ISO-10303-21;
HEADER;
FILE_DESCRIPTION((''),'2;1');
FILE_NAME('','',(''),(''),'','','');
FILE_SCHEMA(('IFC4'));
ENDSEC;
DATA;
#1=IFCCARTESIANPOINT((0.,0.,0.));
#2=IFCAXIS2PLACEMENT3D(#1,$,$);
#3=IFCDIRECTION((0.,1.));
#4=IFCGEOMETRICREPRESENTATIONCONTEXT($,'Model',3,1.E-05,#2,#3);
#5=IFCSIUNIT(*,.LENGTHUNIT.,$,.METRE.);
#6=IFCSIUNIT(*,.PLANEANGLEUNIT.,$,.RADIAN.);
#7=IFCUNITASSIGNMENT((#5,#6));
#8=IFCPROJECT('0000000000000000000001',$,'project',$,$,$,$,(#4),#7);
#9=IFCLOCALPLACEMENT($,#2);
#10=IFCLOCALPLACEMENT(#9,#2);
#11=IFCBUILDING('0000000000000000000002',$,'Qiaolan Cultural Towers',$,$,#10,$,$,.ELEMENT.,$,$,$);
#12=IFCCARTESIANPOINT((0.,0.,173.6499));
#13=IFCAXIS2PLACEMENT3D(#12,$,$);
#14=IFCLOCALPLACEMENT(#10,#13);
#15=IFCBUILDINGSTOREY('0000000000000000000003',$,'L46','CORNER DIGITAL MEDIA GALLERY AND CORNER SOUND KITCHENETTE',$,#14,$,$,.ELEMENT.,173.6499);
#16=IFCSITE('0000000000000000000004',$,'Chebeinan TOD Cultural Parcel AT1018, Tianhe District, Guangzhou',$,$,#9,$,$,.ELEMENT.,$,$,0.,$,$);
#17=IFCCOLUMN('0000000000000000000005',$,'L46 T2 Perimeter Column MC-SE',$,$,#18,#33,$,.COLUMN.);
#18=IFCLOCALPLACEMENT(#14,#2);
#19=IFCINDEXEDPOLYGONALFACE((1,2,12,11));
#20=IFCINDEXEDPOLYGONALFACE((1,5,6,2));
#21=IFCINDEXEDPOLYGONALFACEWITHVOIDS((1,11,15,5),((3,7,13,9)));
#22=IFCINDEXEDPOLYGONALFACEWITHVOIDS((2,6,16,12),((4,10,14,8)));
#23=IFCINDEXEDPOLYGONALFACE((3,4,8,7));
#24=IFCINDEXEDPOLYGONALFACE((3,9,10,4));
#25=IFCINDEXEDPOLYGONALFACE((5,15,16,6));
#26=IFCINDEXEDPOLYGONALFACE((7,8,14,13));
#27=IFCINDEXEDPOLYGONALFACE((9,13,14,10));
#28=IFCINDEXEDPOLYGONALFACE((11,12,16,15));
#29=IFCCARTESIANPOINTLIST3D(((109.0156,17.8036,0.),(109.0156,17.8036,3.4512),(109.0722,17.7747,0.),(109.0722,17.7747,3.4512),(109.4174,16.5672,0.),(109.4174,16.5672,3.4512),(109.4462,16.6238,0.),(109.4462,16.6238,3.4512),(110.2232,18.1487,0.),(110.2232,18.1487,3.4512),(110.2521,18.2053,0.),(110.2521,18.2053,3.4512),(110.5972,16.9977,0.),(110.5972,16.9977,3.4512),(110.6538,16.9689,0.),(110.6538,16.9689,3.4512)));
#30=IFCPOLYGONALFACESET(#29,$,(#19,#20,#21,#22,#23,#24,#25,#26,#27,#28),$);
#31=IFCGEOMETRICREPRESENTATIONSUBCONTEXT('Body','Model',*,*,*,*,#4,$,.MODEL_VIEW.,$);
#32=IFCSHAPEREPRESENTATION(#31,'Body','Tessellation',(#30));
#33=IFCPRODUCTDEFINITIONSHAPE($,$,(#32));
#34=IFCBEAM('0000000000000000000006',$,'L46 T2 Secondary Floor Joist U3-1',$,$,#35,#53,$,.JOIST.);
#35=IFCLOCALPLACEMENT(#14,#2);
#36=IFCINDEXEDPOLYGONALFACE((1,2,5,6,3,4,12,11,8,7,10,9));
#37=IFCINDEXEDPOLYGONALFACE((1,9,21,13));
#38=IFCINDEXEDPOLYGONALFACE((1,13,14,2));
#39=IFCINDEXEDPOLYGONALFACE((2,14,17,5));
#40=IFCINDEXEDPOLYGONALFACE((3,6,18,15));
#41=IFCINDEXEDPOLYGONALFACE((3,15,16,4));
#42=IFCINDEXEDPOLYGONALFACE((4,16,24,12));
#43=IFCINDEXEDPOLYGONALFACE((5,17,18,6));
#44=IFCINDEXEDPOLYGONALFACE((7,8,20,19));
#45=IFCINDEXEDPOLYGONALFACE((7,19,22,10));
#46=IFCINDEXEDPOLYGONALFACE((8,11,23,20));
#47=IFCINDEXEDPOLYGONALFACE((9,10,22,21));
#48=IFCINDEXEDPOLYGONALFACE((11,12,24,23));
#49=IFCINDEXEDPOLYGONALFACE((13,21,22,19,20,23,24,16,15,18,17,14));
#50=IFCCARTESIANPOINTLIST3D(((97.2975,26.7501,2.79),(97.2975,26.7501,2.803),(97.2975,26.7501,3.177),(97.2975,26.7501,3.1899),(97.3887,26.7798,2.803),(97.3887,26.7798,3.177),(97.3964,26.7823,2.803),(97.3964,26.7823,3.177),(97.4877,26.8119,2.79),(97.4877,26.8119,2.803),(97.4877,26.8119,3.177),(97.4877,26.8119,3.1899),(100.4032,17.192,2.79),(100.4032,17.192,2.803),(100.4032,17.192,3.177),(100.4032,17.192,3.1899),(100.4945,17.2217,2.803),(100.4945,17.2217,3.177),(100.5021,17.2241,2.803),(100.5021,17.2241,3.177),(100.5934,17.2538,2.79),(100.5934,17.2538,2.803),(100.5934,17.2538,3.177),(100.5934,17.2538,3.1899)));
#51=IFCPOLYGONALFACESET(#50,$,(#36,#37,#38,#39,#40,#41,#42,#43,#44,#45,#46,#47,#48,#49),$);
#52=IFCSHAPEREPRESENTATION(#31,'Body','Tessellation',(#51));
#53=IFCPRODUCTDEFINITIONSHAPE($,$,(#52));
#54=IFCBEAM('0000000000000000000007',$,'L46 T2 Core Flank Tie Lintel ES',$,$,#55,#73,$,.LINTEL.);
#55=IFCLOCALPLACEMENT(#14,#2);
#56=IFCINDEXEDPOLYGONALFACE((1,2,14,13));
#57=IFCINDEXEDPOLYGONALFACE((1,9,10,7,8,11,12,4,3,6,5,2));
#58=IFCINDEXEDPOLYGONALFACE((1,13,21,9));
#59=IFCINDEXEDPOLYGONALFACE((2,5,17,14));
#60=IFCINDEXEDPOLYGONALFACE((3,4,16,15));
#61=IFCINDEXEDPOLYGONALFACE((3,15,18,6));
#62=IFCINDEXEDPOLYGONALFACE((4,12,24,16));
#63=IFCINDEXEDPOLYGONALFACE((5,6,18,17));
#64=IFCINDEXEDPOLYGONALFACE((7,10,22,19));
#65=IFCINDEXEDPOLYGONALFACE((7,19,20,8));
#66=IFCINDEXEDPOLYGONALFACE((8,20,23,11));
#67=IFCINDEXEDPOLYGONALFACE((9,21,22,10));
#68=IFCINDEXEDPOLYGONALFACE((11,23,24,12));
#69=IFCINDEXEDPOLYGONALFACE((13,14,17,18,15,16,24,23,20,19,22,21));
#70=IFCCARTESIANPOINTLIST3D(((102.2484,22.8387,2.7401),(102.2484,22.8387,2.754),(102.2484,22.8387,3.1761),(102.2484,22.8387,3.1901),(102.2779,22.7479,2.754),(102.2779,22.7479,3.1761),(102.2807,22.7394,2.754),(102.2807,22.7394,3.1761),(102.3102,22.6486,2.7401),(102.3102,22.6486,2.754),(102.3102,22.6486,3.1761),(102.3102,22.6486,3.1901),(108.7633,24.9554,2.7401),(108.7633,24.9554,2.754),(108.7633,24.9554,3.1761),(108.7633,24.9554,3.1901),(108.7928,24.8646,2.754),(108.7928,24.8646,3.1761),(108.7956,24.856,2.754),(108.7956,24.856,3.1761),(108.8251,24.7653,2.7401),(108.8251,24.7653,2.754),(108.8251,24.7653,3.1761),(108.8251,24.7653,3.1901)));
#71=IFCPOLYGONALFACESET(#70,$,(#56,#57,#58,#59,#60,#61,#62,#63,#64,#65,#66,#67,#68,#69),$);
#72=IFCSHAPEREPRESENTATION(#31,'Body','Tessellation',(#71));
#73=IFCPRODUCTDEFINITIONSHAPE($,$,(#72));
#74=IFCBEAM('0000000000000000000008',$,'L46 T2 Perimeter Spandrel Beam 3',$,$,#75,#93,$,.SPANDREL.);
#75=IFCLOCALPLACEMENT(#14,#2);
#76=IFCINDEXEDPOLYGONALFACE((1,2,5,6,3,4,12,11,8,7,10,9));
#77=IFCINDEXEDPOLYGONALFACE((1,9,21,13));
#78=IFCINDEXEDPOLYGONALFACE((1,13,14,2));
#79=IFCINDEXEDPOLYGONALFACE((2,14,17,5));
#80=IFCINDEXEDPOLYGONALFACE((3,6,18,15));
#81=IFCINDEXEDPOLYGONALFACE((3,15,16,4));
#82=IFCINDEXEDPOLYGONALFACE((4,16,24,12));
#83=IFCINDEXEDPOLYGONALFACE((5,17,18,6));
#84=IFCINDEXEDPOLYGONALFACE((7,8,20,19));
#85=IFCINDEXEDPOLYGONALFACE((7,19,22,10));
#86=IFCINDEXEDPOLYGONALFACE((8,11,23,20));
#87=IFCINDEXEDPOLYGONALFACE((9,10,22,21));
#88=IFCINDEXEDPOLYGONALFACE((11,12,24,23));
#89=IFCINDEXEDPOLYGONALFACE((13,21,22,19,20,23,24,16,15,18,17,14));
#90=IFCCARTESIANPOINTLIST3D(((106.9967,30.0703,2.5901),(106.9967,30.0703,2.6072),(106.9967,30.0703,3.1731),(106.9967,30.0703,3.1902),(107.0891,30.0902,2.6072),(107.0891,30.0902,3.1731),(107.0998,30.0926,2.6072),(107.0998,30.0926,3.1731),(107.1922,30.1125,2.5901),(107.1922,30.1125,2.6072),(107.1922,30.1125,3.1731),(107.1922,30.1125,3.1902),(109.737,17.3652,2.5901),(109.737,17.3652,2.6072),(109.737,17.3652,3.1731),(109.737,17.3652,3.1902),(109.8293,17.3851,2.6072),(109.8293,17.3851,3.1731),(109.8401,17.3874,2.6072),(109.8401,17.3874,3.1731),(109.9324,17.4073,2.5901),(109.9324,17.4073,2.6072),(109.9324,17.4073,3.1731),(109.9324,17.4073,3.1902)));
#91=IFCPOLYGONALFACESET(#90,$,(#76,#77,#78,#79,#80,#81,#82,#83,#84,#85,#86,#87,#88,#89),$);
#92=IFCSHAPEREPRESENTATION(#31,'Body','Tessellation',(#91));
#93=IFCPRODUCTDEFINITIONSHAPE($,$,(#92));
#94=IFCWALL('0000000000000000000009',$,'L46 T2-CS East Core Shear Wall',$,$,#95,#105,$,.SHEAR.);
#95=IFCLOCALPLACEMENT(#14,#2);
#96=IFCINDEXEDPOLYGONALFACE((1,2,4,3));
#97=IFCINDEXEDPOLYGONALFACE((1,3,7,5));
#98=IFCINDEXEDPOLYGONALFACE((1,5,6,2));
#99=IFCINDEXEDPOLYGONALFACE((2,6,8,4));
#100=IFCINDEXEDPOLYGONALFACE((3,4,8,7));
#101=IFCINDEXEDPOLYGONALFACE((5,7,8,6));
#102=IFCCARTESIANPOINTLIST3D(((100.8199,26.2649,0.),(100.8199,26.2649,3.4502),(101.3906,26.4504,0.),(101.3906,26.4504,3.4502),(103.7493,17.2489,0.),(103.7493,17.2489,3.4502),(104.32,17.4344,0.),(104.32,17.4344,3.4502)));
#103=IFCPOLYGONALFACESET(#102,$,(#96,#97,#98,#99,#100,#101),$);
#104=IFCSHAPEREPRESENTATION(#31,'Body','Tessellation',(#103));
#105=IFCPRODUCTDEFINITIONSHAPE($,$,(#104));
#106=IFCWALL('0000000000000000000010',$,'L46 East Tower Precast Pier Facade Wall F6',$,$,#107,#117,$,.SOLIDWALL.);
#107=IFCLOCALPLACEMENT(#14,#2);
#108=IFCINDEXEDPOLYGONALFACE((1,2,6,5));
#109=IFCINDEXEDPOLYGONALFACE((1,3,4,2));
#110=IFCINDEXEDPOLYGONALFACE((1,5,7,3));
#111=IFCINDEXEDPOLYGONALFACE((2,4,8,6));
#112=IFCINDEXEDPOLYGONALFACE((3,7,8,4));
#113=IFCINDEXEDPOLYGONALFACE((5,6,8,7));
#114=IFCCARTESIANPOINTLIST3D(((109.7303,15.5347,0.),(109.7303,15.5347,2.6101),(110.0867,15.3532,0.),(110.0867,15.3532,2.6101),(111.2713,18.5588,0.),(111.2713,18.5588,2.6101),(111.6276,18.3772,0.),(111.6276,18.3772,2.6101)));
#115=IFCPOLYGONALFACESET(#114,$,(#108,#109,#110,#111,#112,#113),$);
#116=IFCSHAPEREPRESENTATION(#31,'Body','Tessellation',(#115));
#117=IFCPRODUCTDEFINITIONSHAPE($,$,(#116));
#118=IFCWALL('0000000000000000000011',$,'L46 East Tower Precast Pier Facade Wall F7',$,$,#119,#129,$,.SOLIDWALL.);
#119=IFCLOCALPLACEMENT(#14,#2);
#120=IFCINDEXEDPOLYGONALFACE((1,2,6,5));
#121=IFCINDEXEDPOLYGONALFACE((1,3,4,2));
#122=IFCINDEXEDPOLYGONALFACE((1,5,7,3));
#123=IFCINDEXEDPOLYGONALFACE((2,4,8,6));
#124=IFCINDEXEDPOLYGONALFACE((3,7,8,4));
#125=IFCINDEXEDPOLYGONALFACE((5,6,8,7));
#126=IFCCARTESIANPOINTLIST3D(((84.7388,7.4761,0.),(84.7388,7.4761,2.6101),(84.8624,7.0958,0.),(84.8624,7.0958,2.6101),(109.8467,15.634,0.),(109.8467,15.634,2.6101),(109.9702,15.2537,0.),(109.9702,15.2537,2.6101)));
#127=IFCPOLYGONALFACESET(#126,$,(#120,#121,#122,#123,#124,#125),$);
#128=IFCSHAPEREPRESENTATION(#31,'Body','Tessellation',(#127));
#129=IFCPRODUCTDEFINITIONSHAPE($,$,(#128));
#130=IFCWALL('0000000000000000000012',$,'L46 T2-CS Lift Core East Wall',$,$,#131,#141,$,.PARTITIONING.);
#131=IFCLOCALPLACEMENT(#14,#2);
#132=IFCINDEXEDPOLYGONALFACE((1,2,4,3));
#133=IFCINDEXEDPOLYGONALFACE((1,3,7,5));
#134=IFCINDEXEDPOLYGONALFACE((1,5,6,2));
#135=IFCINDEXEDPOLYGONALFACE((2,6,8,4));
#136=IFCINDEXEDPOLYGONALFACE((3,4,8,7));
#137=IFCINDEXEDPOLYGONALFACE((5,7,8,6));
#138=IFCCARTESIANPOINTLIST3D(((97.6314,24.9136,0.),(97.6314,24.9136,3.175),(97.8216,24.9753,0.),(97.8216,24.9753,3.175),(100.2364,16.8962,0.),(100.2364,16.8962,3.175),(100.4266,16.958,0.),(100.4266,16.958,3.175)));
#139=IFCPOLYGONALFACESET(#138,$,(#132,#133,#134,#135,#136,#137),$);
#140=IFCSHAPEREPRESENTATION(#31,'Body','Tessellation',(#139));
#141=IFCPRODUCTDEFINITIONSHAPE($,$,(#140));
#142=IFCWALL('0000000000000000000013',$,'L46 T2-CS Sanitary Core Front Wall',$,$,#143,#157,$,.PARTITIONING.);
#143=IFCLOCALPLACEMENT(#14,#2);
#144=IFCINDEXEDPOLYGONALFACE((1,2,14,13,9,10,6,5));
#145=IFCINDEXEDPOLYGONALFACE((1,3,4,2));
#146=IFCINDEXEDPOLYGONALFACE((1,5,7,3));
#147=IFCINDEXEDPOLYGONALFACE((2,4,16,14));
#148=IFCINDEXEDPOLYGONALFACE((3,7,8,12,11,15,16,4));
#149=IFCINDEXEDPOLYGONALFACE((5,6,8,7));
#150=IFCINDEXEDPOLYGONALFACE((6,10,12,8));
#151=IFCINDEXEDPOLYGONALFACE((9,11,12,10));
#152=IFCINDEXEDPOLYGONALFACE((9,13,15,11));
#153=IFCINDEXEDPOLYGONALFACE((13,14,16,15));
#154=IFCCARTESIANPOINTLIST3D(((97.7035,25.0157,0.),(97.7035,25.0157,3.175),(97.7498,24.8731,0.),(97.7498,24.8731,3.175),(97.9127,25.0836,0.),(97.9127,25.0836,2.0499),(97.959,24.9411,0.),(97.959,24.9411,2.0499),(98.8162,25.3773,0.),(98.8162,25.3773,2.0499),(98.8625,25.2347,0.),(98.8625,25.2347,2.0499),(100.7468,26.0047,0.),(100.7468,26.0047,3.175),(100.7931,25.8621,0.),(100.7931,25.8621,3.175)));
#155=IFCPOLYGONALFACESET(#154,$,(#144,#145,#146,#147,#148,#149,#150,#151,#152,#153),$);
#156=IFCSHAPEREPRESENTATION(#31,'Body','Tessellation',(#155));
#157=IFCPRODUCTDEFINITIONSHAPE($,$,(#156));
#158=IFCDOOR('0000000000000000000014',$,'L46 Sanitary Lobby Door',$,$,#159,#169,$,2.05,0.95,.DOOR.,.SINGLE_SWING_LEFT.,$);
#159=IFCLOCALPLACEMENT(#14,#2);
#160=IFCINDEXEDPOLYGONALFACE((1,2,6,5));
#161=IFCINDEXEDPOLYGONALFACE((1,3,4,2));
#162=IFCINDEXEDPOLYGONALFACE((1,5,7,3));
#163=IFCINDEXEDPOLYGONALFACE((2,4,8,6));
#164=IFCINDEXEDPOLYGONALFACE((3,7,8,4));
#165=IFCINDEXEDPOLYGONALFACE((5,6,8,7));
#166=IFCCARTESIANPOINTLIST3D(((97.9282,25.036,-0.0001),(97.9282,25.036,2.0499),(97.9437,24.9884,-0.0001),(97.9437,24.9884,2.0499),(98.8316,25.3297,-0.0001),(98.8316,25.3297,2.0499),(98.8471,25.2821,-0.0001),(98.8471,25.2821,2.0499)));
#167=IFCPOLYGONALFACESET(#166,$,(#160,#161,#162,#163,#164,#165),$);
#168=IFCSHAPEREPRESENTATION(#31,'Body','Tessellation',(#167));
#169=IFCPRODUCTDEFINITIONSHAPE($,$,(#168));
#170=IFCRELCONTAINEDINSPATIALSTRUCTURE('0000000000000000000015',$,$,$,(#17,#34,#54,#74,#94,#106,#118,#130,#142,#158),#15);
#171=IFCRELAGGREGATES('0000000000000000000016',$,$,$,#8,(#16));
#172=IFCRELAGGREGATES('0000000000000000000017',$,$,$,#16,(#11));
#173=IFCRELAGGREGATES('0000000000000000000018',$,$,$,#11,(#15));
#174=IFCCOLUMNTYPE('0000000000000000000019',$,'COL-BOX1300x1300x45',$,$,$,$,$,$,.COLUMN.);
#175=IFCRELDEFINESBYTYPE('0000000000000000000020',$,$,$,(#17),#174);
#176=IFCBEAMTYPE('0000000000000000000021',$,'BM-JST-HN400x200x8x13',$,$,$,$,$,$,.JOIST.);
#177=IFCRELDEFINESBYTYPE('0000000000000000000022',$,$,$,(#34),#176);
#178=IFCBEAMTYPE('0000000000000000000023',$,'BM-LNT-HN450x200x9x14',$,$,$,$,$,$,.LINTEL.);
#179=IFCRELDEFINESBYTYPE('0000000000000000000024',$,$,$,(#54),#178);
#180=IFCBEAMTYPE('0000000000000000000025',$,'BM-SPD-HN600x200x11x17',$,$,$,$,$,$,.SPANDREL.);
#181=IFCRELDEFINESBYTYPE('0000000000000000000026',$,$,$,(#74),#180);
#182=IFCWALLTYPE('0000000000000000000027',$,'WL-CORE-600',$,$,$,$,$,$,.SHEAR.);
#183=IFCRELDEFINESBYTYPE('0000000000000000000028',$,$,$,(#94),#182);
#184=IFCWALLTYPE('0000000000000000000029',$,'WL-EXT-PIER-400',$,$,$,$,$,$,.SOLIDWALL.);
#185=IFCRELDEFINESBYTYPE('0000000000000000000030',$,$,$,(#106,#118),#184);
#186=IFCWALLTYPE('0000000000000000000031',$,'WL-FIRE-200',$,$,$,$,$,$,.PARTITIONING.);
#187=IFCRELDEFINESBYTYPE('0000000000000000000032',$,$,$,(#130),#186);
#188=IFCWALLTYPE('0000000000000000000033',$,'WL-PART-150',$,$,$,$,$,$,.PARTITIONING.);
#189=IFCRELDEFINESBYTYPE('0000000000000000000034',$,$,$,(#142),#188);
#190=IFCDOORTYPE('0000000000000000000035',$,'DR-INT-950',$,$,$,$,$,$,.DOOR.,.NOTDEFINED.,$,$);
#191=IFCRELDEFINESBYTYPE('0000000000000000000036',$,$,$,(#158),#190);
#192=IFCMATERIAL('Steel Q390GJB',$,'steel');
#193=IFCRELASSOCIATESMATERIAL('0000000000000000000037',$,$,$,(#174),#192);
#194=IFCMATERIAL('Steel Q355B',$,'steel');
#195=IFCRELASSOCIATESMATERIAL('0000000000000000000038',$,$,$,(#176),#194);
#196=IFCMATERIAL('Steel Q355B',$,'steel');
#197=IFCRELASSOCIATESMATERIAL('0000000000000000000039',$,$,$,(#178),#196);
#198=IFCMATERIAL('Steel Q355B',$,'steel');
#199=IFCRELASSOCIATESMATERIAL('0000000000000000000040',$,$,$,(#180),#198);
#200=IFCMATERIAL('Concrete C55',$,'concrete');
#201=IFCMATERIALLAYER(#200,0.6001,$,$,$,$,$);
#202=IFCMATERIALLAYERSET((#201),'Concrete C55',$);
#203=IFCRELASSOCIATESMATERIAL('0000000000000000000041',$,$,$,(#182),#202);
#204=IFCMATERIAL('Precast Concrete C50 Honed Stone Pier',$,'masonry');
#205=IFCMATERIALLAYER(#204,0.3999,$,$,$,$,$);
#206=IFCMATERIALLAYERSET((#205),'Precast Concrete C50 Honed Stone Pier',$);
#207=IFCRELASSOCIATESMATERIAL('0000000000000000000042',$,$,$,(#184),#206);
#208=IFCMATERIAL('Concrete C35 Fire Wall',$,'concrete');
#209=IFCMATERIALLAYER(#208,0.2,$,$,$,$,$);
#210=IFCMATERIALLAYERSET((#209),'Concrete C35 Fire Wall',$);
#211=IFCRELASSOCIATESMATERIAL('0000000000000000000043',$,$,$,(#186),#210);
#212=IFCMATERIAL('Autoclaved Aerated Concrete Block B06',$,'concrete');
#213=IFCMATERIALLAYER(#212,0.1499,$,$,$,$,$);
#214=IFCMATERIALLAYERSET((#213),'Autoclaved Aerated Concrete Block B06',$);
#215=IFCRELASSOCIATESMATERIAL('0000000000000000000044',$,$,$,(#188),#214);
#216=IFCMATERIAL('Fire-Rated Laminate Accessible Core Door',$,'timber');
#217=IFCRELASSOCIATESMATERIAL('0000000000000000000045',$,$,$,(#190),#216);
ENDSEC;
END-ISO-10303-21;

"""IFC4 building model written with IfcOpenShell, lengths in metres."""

from ifc_helpers import new_model, si_unit, direction, frame, frame_2d, origin, origin_2d, place, context, subcontext, project, spatial, rectangle, hollow_rectangle, i_section, extrude, material, layer, layer_set, material_profile, profile_set, type_object, element, fill, save


model = new_model("IFC4")

# Units and contexts
model_context = context("Model", 3, precision=1e-05, world=origin(), true_north=direction((0.0, 1.0)))
body_context = subcontext(model_context, "Body", "Model", "MODEL_VIEW")
ifc_project = project(units=[si_unit("LENGTHUNIT", "METRE"), si_unit("PLANEANGLEUNIT", "RADIAN")], contexts=[model_context])

# Site, building, storey
site_placement = place(None, origin())
site = spatial("IfcSite", under=ifc_project, at=site_placement, Name="Chebeinan TOD Cultural Parcel AT1018, Tianhe District, Guangzhou", CompositionType="ELEMENT", RefElevation=0.0)
building_placement = place(site_placement, origin())
building = spatial("IfcBuilding", under=site, at=building_placement, Name="Qiaolan Cultural Towers", CompositionType="ELEMENT")
storey_placement = place(building_placement, frame((0.0, 0.0, 173.6499)))
storey = spatial("IfcBuildingStorey", under=building, at=storey_placement, Name="L46", Description="CORNER DIGITAL MEDIA GALLERY AND CORNER SOUND KITCHENETTE", CompositionType="ELEMENT", Elevation=173.6499)

# Column
ifc_material_1 = material(Name="Steel Q390GJB", Category="steel")
ifc_material_profile_1 = material_profile(ifc_material_1, hollow_rectangle(XDim=1.3, YDim=1.3, WallThickness=0.0449, at=origin_2d()), Name="BOX1300x1300x45")
ifc_profile_set_1 = profile_set([ifc_material_profile_1], Name="Steel Q390GJB")
column_type = type_object("IfcColumnType", Name="COL-BOX1300x1300x45", PredefinedType="COLUMN", material=ifc_profile_set_1)
column_placement = place(storey_placement, frame((109.8347, 17.3862, 0.0), z_axis=(0.0, 0.0, 1.0), x_axis=(0.951057, 0.309017, 0.0)))
element("IfcColumn", 1, at=column_placement, inside=storey, type_object=column_type, Name="L46 T2 Perimeter Column MC-SE", PredefinedType="COLUMN", context=body_context, shape_type="SweptSolid", body=[
    extrude(hollow_rectangle(XDim=1.3, YDim=1.3, WallThickness=0.0449, at=origin_2d()), origin(), (0.0, 0.0, 1.0), 3.4512),
])

# Beams
ifc_material_2 = material(Name="Steel Q355B", Category="steel")
ifc_material_profile_2 = material_profile(ifc_material_2, i_section(OverallWidth=0.2, OverallDepth=0.3999, WebThickness=0.0081, FlangeThickness=0.0129, at=origin_2d()), Name="HN400x200x8x13")
ifc_profile_set_2 = profile_set([ifc_material_profile_2], Name="Steel Q355B")
beam_type_1 = type_object("IfcBeamType", Name="BM-JST-HN400x200x8x13", PredefinedType="JOIST", material=ifc_profile_set_2)
beam_1_placement = place(storey_placement, frame((100.4983, 17.2229, 2.99), z_axis=(-0.309026, 0.951054, 0.0), x_axis=(-0.951054, -0.309026, 0.0)))
element("IfcBeam", 2, at=beam_1_placement, inside=storey, type_object=beam_type_1, Name="L46 T2 Secondary Floor Joist U3-1", PredefinedType="JOIST", context=body_context, shape_type="SweptSolid", body=[
    extrude(i_section(OverallWidth=0.2, OverallDepth=0.3999, WebThickness=0.0081, FlangeThickness=0.0129, at=origin_2d()), origin(), (0.0, 0.0, 1.0), 10.05),
])
ifc_material_3 = material(Name="Steel Q355B", Category="steel")
ifc_material_profile_3 = material_profile(ifc_material_3, i_section(OverallWidth=0.2, OverallDepth=0.45, WebThickness=0.009, FlangeThickness=0.0139, at=origin_2d()), Name="HN450x200x9x14")
ifc_profile_set_3 = profile_set([ifc_material_profile_3], Name="Steel Q355B")
beam_type_2 = type_object("IfcBeamType", Name="BM-LNT-HN450x200x9x14", PredefinedType="LINTEL", material=ifc_profile_set_3)
beam_2_placement = place(storey_placement, frame((102.2793, 22.7437, 2.9651), z_axis=(0.951062, 0.309001, 0.0), x_axis=(-0.309001, 0.951062, 0.0)))
element("IfcBeam", 3, at=beam_2_placement, inside=storey, type_object=beam_type_2, Name="L46 T2 Core Flank Tie Lintel ES", PredefinedType="LINTEL", context=body_context, shape_type="SweptSolid", body=[
    extrude(i_section(OverallWidth=0.2, OverallDepth=0.45, WebThickness=0.009, FlangeThickness=0.0139, at=origin_2d()), origin(), (0.0, 0.0, 1.0), 6.8501),
])
ifc_material_4 = material(Name="Steel Q355B", Category="steel")
ifc_material_profile_4 = material_profile(ifc_material_4, i_section(OverallWidth=0.2, OverallDepth=0.6001, WebThickness=0.011, FlangeThickness=0.0171, at=origin_2d()), Name="HN600x200x11x17")
ifc_profile_set_4 = profile_set([ifc_material_profile_4], Name="Steel Q355B")
beam_type_3 = type_object("IfcBeamType", Name="BM-SPD-HN600x200x11x17", PredefinedType="SPANDREL", material=ifc_profile_set_4)
beam_3_placement = place(storey_placement, frame((109.8347, 17.3862, 2.8901), z_axis=(-0.210832, 0.977522, 0.0), x_axis=(-0.977522, -0.210832, 0.0)))
element("IfcBeam", 4, at=beam_3_placement, inside=storey, type_object=beam_type_3, Name="L46 T2 Perimeter Spandrel Beam 3", PredefinedType="SPANDREL", context=body_context, shape_type="SweptSolid", body=[
    extrude(i_section(OverallWidth=0.2, OverallDepth=0.6001, WebThickness=0.011, FlangeThickness=0.0171, at=origin_2d()), origin(), (0.0, 0.0, 1.0), 12.9973),
])

# Walls
ifc_material_5 = material(Name="Concrete C55", Category="concrete")
ifc_layer_1 = layer(ifc_material_5, 0.6001)
ifc_layer_set_1 = layer_set([ifc_layer_1], Name="Concrete C55")
wall_type_1 = type_object("IfcWallType", Name="WL-CORE-600", PredefinedType="SHEAR", material=ifc_layer_set_1)
wall_1_placement = place(storey_placement, frame((101.1052, 26.3577, 0.0), z_axis=(0.0, 0.0, 1.0), x_axis=(0.30901, -0.951059, 0.0)))
element("IfcWall", 5, at=wall_1_placement, inside=storey, type_object=wall_type_1, Name="L46 T2-CS East Core Shear Wall", PredefinedType="SHEAR", context=body_context, shape_type="SweptSolid", body=[
    extrude(rectangle(XDim=9.48, YDim=0.6001, at=frame_2d((4.74, 0.0))), origin(), (0.0, 0.0, 1.0), 3.4502),
])
ifc_material_6 = material(Name="Precast Concrete C50 Honed Stone Pier", Category="masonry")
ifc_layer_2 = layer(ifc_material_6, 0.3999)
ifc_layer_set_2 = layer_set([ifc_layer_2], Name="Precast Concrete C50 Honed Stone Pier")
wall_type_2 = type_object("IfcWallType", Name="WL-EXT-PIER-400", PredefinedType="SOLIDWALL", material=ifc_layer_set_2)
wall_2_placement = place(storey_placement, frame((111.4495, 18.468, 0.0), z_axis=(0.0, 0.0, 1.0), x_axis=(-0.45402, -0.890992, 0.0)))
element("IfcWall", 6, at=wall_2_placement, inside=storey, type_object=wall_type_2, Name="L46 East Tower Precast Pier Facade Wall F6", PredefinedType="SOLIDWALL", context=body_context, shape_type="SweptSolid", body=[
    extrude(rectangle(XDim=3.394, YDim=0.3999, at=frame_2d((1.697, 0.0))), origin(), (0.0, 0.0, 1.0), 2.6101),
])
wall_3_placement = place(storey_placement, frame((109.9084, 15.4438, 0.0), z_axis=(0.0, 0.0, 1.0), x_axis=(-0.951058, -0.309014, 0.0)))
element("IfcWall", 7, at=wall_3_placement, inside=storey, type_object=wall_type_2, Name="L46 East Tower Precast Pier Facade Wall F7", PredefinedType="SOLIDWALL", context=body_context, shape_type="SweptSolid", body=[
    extrude(rectangle(XDim=26.3999, YDim=0.3999, at=frame_2d((13.2, 0.0))), origin(), (0.0, 0.0, 1.0), 2.6101),
])
ifc_material_7 = material(Name="Concrete C35 Fire Wall", Category="concrete")
ifc_layer_3 = layer(ifc_material_7, 0.2)
ifc_layer_set_3 = layer_set([ifc_layer_3], Name="Concrete C35 Fire Wall")
wall_type_3 = type_object("IfcWallType", Name="WL-FIRE-200", PredefinedType="PARTITIONING", material=ifc_layer_set_3)
wall_4_placement = place(storey_placement, frame((97.7266, 24.9443, 0.0), z_axis=(0.0, 0.0, 1.0), x_axis=(0.309016, -0.951057, 0.0)))
element("IfcWall", 8, at=wall_4_placement, inside=storey, type_object=wall_type_3, Name="L46 T2-CS Lift Core East Wall", PredefinedType="PARTITIONING", context=body_context, shape_type="SweptSolid", body=[
    extrude(rectangle(XDim=8.4299, YDim=0.2, at=frame_2d((4.2148, 0.0))), origin(), (0.0, 0.0, 1.0), 3.175),
])

# Wall, opening, door
ifc_material_8 = material(Name="Autoclaved Aerated Concrete Block B06", Category="concrete")
ifc_layer_4 = layer(ifc_material_8, 0.1499)
ifc_layer_set_4 = layer_set([ifc_layer_4], Name="Autoclaved Aerated Concrete Block B06")
wall_type_4 = type_object("IfcWallType", Name="WL-PART-150", PredefinedType="PARTITIONING", material=ifc_layer_set_4)
wall_5_placement = place(storey_placement, frame((97.7266, 24.9443, 0.0), z_axis=(0.0, 0.0, 1.0), x_axis=(0.951037, 0.309077, 0.0)))
wall_5 = element("IfcWall", 9, at=wall_5_placement, inside=storey, type_object=wall_type_4, Name="L46 T2-CS Sanitary Core Front Wall", PredefinedType="PARTITIONING", context=body_context, shape_type="SweptSolid", body=[
    extrude(rectangle(XDim=3.2, YDim=0.1499, at=frame_2d((1.6001, 0.0))), origin(), (0.0, 0.0, 1.0), 3.175),
])
opening_1_placement = place(wall_5_placement, frame((0.22, 0.0, 0.0)))
opening_1 = element("IfcOpeningElement", 10, at=opening_1_placement, cuts=wall_5, PredefinedType="OPENING", context=body_context, shape_type="SweptSolid", body=[
    extrude(rectangle(XDim=0.95, YDim=2.05, at=frame_2d((0.4751, 1.0249))), frame((0.0, 0.085, 0.0), z_axis=(0.0, -1.0, 0.0), x_axis=(1.0, 0.0, 0.0)), (0.0, 0.0, 1.0), 0.1699),
])
ifc_material_9 = material(Name="Fire-Rated Laminate Accessible Core Door", Category="timber")
door_type_1 = type_object("IfcDoorType", Name="DR-INT-950", OperationType="NOTDEFINED", PredefinedType="DOOR", material=ifc_material_9)
door_1_placement = place(opening_1_placement, origin())
door_1 = element("IfcDoor", 11, at=door_1_placement, inside=storey, type_object=door_type_1, Name="L46 Sanitary Lobby Door", OperationType="SINGLE_SWING_LEFT", OverallHeight=2.05, OverallWidth=0.95, PredefinedType="DOOR", context=body_context, shape_type="SweptSolid", body=[
    extrude(rectangle(XDim=0.95, YDim=2.05, at=frame_2d((0.4751, 1.0249))), frame((0.0, 0.0249, 0.0), z_axis=(0.0, -1.0, 0.0), x_axis=(1.0, 0.0, 0.0)), (0.0, 0.0, 1.0), 0.05),
])
fill(opening_1, door_1)

save(model, "model.ifc")
